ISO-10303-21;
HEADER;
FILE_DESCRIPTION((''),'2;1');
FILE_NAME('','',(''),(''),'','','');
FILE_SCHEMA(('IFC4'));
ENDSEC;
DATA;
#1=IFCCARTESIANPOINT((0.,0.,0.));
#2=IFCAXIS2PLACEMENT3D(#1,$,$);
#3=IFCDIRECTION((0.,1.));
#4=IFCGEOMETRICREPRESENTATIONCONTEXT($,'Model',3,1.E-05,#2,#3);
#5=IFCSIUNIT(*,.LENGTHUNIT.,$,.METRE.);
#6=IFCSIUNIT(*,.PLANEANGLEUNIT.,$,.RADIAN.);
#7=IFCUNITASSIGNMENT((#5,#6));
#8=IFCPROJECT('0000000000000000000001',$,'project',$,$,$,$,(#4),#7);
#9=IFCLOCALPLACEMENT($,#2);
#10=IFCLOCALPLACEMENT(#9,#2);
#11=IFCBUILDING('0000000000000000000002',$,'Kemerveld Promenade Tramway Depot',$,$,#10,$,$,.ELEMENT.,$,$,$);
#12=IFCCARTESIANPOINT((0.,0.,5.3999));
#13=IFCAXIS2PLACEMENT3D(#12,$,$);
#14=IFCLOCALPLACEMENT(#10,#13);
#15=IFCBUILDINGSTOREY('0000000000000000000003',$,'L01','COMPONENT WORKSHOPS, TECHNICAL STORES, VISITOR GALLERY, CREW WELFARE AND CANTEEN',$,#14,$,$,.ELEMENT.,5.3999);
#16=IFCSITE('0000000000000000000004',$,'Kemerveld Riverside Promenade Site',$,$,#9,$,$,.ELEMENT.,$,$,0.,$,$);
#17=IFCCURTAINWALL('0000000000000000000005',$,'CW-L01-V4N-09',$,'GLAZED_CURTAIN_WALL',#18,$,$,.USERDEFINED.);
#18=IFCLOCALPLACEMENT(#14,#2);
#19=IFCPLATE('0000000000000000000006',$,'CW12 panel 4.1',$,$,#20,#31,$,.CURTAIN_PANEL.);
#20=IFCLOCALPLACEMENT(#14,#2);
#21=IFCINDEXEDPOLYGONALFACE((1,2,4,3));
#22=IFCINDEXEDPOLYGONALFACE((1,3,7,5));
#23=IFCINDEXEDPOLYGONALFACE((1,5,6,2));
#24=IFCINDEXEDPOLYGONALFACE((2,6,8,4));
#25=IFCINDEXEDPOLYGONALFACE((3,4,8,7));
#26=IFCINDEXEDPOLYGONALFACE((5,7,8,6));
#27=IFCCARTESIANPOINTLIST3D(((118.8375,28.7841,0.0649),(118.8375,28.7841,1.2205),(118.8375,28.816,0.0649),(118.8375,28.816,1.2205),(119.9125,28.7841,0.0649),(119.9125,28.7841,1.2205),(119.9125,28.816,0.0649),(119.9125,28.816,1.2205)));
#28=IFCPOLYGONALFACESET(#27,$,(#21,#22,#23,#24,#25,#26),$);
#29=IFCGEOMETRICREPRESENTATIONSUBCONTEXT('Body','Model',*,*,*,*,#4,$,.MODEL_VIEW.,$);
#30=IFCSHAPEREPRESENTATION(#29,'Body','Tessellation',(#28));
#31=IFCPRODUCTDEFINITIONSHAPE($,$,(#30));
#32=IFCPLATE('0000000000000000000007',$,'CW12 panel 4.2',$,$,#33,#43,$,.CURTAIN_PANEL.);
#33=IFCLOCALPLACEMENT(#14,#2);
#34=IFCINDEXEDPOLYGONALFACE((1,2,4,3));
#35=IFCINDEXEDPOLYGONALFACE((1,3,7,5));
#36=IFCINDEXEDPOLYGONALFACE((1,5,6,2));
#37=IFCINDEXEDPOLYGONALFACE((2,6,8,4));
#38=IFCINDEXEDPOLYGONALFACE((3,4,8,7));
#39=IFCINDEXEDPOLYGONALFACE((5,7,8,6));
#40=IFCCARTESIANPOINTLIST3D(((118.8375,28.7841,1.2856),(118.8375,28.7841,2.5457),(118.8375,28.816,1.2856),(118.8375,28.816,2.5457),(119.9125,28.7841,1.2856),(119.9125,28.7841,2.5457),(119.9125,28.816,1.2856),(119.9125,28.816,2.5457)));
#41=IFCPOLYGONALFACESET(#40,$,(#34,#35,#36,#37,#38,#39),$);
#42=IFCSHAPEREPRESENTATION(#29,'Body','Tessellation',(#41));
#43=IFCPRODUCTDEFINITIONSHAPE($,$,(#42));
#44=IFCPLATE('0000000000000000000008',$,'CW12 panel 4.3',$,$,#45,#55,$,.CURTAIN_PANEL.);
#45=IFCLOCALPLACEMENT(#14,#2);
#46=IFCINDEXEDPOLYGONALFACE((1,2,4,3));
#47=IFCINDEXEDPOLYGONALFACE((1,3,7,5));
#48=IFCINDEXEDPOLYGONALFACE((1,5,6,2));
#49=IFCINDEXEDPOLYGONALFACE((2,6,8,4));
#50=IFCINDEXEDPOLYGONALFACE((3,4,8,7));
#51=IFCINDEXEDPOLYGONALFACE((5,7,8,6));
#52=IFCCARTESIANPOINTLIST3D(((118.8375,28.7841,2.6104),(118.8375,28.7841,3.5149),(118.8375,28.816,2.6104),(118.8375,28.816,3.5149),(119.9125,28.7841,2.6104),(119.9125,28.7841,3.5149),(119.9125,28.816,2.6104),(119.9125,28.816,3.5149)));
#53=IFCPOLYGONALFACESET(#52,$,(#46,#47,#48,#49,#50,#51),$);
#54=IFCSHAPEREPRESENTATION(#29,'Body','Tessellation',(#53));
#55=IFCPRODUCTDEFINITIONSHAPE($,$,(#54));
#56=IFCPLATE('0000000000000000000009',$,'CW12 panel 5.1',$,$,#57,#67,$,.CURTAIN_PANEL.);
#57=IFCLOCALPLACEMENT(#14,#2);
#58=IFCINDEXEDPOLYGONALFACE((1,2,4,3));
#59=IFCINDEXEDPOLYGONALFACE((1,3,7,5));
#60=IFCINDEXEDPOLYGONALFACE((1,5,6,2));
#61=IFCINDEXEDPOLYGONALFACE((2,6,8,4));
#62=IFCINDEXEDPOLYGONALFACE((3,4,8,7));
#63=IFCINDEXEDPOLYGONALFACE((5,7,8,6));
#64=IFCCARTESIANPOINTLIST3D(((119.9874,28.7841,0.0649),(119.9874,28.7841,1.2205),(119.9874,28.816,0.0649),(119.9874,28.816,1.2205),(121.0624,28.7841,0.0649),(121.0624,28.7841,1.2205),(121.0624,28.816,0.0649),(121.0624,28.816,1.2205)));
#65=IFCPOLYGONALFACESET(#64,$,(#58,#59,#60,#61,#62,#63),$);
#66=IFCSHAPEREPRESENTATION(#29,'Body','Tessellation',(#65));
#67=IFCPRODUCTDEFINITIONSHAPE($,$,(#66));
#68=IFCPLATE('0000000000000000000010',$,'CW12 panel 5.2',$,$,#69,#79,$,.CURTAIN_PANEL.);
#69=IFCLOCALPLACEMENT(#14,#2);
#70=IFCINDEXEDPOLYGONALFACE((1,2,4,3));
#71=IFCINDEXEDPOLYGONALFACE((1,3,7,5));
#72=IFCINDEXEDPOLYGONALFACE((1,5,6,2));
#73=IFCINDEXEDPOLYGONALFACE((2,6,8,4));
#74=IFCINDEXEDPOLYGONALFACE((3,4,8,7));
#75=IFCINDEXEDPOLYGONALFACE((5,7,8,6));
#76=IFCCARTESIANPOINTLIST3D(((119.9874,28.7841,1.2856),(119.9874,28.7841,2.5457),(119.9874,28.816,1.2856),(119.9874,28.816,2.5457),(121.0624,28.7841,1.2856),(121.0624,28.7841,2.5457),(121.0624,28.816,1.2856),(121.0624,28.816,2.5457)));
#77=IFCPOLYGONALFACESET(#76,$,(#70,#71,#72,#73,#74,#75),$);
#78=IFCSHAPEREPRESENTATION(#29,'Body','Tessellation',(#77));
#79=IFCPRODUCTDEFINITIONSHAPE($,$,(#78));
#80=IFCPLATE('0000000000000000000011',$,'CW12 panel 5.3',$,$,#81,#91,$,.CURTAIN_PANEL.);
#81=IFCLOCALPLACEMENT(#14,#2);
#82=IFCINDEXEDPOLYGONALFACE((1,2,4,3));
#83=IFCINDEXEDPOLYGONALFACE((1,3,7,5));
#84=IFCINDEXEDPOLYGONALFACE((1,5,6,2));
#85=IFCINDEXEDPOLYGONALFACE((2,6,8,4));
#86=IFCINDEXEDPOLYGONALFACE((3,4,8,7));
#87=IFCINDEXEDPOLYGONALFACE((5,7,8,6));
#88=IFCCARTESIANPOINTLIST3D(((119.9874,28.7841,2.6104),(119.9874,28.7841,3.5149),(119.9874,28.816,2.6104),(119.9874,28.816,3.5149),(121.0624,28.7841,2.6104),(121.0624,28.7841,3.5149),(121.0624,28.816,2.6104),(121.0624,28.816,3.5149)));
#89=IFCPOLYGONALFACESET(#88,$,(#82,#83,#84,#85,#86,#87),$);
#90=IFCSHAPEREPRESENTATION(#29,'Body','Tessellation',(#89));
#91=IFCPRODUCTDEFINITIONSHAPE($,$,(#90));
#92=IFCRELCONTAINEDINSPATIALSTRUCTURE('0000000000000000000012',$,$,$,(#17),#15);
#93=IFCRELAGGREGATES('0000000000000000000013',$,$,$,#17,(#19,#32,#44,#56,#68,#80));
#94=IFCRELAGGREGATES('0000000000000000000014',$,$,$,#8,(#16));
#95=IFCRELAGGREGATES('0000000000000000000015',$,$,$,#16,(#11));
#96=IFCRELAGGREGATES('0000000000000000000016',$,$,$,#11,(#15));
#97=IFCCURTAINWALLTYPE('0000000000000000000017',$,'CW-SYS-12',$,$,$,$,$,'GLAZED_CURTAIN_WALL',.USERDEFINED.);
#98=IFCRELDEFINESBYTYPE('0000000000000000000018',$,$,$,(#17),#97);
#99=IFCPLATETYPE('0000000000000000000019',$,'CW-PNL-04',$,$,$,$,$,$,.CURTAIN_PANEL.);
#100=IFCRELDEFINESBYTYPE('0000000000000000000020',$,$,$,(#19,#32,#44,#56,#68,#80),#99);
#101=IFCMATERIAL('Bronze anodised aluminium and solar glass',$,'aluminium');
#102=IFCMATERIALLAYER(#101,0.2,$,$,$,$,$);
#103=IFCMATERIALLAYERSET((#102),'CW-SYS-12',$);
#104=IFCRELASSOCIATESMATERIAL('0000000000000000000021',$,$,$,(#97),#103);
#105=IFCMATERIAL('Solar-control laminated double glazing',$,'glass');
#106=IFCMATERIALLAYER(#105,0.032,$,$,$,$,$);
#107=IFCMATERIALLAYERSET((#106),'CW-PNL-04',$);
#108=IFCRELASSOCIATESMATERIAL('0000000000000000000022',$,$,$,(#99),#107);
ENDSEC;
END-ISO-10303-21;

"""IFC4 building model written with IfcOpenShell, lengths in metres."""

from ifc_helpers import new_model, si_unit, direction, frame, origin, origin_2d, place, context, subcontext, project, spatial, rectangle, extrude, material, layer, layer_set, type_object, element, aggregate, save


model = new_model("IFC4")

# Units and contexts
model_context = context("Model", 3, precision=1e-05, world=origin(), true_north=direction((0.0, 1.0)))
body_context = subcontext(model_context, "Body", "Model", "MODEL_VIEW")
ifc_project = project(units=[si_unit("LENGTHUNIT", "METRE"), si_unit("PLANEANGLEUNIT", "RADIAN")], contexts=[model_context])

# Site, building, storey
site_placement = place(None, origin())
site = spatial("IfcSite", under=ifc_project, at=site_placement, Name="Kemerveld Riverside Promenade Site", CompositionType="ELEMENT", RefElevation=0.0)
building_placement = place(site_placement, origin())
building = spatial("IfcBuilding", under=site, at=building_placement, Name="Kemerveld Promenade Tramway Depot", CompositionType="ELEMENT")
storey_placement = place(building_placement, frame((0.0, 0.0, 5.3999)))
storey = spatial("IfcBuildingStorey", under=building, at=storey_placement, Name="L01", Description="COMPONENT WORKSHOPS, TECHNICAL STORES, VISITOR GALLERY, CREW WELFARE AND CANTEEN", CompositionType="ELEMENT", Elevation=5.3999)

# Curtain wall, plates
ifc_material_1 = material(Name="Bronze anodised aluminium and solar glass", Category="aluminium")
ifc_layer_1 = layer(ifc_material_1, 0.2)
ifc_layer_set_1 = layer_set([ifc_layer_1], Name="CW-SYS-12")
curtain_wall_type = type_object("IfcCurtainWallType", Name="CW-SYS-12", ElementType="GLAZED_CURTAIN_WALL", PredefinedType="USERDEFINED", material=ifc_layer_set_1)
curtain_wall_placement = place(storey_placement, origin())
curtain_wall = element("IfcCurtainWall", 1, at=curtain_wall_placement, inside=storey, type_object=curtain_wall_type, Name="CW-L01-V4N-09", ObjectType="GLAZED_CURTAIN_WALL", PredefinedType="USERDEFINED")
ifc_material_2 = material(Name="Solar-control laminated double glazing", Category="glass")
ifc_layer_2 = layer(ifc_material_2, 0.032)
ifc_layer_set_2 = layer_set([ifc_layer_2], Name="CW-PNL-04")
plate_type = type_object("IfcPlateType", Name="CW-PNL-04", PredefinedType="CURTAIN_PANEL", material=ifc_layer_set_2)
plate_1_placement = place(storey_placement, frame((119.375, 28.8, 0.0649), z_axis=(0.0, 0.0, 1.0), x_axis=(1.0, 0.0, 0.0)))
plate_1 = element("IfcPlate", 2, at=plate_1_placement, type_object=plate_type, Name="CW12 panel 4.1", PredefinedType="CURTAIN_PANEL", context=body_context, shape_type="SweptSolid", body=[
    extrude(rectangle(XDim=1.075, YDim=0.032, at=origin_2d()), origin(), (0.0, 0.0, 1.0), 1.1555),
])
plate_2_placement = place(storey_placement, frame((119.375, 28.8, 1.2856), z_axis=(0.0, 0.0, 1.0), x_axis=(1.0, 0.0, 0.0)))
plate_2 = element("IfcPlate", 3, at=plate_2_placement, type_object=plate_type, Name="CW12 panel 4.2", PredefinedType="CURTAIN_PANEL", context=body_context, shape_type="SweptSolid", body=[
    extrude(rectangle(XDim=1.075, YDim=0.032, at=origin_2d()), origin(), (0.0, 0.0, 1.0), 1.26),
])
plate_3_placement = place(storey_placement, frame((119.375, 28.8, 2.6104), z_axis=(0.0, 0.0, 1.0), x_axis=(1.0, 0.0, 0.0)))
plate_3 = element("IfcPlate", 4, at=plate_3_placement, type_object=plate_type, Name="CW12 panel 4.3", PredefinedType="CURTAIN_PANEL", context=body_context, shape_type="SweptSolid", body=[
    extrude(rectangle(XDim=1.075, YDim=0.032, at=origin_2d()), origin(), (0.0, 0.0, 1.0), 0.9045),
])
plate_4_placement = place(storey_placement, frame((120.5249, 28.8, 0.0649), z_axis=(0.0, 0.0, 1.0), x_axis=(1.0, 0.0, 0.0)))
plate_4 = element("IfcPlate", 5, at=plate_4_placement, type_object=plate_type, Name="CW12 panel 5.1", PredefinedType="CURTAIN_PANEL", context=body_context, shape_type="SweptSolid", body=[
    extrude(rectangle(XDim=1.075, YDim=0.032, at=origin_2d()), origin(), (0.0, 0.0, 1.0), 1.1555),
])
plate_5_placement = place(storey_placement, frame((120.5249, 28.8, 1.2856), z_axis=(0.0, 0.0, 1.0), x_axis=(1.0, 0.0, 0.0)))
plate_5 = element("IfcPlate", 6, at=plate_5_placement, type_object=plate_type, Name="CW12 panel 5.2", PredefinedType="CURTAIN_PANEL", context=body_context, shape_type="SweptSolid", body=[
    extrude(rectangle(XDim=1.075, YDim=0.032, at=origin_2d()), origin(), (0.0, 0.0, 1.0), 1.26),
])
plate_6_placement = place(storey_placement, frame((120.5249, 28.8, 2.6104), z_axis=(0.0, 0.0, 1.0), x_axis=(1.0, 0.0, 0.0)))
plate_6 = element("IfcPlate", 7, at=plate_6_placement, type_object=plate_type, Name="CW12 panel 5.3", PredefinedType="CURTAIN_PANEL", context=body_context, shape_type="SweptSolid", body=[
    extrude(rectangle(XDim=1.075, YDim=0.032, at=origin_2d()), origin(), (0.0, 0.0, 1.0), 0.9045),
])
aggregate(curtain_wall, [plate_1, plate_2, plate_3, plate_4, plate_5, plate_6])

save(model, "model.ifc")
